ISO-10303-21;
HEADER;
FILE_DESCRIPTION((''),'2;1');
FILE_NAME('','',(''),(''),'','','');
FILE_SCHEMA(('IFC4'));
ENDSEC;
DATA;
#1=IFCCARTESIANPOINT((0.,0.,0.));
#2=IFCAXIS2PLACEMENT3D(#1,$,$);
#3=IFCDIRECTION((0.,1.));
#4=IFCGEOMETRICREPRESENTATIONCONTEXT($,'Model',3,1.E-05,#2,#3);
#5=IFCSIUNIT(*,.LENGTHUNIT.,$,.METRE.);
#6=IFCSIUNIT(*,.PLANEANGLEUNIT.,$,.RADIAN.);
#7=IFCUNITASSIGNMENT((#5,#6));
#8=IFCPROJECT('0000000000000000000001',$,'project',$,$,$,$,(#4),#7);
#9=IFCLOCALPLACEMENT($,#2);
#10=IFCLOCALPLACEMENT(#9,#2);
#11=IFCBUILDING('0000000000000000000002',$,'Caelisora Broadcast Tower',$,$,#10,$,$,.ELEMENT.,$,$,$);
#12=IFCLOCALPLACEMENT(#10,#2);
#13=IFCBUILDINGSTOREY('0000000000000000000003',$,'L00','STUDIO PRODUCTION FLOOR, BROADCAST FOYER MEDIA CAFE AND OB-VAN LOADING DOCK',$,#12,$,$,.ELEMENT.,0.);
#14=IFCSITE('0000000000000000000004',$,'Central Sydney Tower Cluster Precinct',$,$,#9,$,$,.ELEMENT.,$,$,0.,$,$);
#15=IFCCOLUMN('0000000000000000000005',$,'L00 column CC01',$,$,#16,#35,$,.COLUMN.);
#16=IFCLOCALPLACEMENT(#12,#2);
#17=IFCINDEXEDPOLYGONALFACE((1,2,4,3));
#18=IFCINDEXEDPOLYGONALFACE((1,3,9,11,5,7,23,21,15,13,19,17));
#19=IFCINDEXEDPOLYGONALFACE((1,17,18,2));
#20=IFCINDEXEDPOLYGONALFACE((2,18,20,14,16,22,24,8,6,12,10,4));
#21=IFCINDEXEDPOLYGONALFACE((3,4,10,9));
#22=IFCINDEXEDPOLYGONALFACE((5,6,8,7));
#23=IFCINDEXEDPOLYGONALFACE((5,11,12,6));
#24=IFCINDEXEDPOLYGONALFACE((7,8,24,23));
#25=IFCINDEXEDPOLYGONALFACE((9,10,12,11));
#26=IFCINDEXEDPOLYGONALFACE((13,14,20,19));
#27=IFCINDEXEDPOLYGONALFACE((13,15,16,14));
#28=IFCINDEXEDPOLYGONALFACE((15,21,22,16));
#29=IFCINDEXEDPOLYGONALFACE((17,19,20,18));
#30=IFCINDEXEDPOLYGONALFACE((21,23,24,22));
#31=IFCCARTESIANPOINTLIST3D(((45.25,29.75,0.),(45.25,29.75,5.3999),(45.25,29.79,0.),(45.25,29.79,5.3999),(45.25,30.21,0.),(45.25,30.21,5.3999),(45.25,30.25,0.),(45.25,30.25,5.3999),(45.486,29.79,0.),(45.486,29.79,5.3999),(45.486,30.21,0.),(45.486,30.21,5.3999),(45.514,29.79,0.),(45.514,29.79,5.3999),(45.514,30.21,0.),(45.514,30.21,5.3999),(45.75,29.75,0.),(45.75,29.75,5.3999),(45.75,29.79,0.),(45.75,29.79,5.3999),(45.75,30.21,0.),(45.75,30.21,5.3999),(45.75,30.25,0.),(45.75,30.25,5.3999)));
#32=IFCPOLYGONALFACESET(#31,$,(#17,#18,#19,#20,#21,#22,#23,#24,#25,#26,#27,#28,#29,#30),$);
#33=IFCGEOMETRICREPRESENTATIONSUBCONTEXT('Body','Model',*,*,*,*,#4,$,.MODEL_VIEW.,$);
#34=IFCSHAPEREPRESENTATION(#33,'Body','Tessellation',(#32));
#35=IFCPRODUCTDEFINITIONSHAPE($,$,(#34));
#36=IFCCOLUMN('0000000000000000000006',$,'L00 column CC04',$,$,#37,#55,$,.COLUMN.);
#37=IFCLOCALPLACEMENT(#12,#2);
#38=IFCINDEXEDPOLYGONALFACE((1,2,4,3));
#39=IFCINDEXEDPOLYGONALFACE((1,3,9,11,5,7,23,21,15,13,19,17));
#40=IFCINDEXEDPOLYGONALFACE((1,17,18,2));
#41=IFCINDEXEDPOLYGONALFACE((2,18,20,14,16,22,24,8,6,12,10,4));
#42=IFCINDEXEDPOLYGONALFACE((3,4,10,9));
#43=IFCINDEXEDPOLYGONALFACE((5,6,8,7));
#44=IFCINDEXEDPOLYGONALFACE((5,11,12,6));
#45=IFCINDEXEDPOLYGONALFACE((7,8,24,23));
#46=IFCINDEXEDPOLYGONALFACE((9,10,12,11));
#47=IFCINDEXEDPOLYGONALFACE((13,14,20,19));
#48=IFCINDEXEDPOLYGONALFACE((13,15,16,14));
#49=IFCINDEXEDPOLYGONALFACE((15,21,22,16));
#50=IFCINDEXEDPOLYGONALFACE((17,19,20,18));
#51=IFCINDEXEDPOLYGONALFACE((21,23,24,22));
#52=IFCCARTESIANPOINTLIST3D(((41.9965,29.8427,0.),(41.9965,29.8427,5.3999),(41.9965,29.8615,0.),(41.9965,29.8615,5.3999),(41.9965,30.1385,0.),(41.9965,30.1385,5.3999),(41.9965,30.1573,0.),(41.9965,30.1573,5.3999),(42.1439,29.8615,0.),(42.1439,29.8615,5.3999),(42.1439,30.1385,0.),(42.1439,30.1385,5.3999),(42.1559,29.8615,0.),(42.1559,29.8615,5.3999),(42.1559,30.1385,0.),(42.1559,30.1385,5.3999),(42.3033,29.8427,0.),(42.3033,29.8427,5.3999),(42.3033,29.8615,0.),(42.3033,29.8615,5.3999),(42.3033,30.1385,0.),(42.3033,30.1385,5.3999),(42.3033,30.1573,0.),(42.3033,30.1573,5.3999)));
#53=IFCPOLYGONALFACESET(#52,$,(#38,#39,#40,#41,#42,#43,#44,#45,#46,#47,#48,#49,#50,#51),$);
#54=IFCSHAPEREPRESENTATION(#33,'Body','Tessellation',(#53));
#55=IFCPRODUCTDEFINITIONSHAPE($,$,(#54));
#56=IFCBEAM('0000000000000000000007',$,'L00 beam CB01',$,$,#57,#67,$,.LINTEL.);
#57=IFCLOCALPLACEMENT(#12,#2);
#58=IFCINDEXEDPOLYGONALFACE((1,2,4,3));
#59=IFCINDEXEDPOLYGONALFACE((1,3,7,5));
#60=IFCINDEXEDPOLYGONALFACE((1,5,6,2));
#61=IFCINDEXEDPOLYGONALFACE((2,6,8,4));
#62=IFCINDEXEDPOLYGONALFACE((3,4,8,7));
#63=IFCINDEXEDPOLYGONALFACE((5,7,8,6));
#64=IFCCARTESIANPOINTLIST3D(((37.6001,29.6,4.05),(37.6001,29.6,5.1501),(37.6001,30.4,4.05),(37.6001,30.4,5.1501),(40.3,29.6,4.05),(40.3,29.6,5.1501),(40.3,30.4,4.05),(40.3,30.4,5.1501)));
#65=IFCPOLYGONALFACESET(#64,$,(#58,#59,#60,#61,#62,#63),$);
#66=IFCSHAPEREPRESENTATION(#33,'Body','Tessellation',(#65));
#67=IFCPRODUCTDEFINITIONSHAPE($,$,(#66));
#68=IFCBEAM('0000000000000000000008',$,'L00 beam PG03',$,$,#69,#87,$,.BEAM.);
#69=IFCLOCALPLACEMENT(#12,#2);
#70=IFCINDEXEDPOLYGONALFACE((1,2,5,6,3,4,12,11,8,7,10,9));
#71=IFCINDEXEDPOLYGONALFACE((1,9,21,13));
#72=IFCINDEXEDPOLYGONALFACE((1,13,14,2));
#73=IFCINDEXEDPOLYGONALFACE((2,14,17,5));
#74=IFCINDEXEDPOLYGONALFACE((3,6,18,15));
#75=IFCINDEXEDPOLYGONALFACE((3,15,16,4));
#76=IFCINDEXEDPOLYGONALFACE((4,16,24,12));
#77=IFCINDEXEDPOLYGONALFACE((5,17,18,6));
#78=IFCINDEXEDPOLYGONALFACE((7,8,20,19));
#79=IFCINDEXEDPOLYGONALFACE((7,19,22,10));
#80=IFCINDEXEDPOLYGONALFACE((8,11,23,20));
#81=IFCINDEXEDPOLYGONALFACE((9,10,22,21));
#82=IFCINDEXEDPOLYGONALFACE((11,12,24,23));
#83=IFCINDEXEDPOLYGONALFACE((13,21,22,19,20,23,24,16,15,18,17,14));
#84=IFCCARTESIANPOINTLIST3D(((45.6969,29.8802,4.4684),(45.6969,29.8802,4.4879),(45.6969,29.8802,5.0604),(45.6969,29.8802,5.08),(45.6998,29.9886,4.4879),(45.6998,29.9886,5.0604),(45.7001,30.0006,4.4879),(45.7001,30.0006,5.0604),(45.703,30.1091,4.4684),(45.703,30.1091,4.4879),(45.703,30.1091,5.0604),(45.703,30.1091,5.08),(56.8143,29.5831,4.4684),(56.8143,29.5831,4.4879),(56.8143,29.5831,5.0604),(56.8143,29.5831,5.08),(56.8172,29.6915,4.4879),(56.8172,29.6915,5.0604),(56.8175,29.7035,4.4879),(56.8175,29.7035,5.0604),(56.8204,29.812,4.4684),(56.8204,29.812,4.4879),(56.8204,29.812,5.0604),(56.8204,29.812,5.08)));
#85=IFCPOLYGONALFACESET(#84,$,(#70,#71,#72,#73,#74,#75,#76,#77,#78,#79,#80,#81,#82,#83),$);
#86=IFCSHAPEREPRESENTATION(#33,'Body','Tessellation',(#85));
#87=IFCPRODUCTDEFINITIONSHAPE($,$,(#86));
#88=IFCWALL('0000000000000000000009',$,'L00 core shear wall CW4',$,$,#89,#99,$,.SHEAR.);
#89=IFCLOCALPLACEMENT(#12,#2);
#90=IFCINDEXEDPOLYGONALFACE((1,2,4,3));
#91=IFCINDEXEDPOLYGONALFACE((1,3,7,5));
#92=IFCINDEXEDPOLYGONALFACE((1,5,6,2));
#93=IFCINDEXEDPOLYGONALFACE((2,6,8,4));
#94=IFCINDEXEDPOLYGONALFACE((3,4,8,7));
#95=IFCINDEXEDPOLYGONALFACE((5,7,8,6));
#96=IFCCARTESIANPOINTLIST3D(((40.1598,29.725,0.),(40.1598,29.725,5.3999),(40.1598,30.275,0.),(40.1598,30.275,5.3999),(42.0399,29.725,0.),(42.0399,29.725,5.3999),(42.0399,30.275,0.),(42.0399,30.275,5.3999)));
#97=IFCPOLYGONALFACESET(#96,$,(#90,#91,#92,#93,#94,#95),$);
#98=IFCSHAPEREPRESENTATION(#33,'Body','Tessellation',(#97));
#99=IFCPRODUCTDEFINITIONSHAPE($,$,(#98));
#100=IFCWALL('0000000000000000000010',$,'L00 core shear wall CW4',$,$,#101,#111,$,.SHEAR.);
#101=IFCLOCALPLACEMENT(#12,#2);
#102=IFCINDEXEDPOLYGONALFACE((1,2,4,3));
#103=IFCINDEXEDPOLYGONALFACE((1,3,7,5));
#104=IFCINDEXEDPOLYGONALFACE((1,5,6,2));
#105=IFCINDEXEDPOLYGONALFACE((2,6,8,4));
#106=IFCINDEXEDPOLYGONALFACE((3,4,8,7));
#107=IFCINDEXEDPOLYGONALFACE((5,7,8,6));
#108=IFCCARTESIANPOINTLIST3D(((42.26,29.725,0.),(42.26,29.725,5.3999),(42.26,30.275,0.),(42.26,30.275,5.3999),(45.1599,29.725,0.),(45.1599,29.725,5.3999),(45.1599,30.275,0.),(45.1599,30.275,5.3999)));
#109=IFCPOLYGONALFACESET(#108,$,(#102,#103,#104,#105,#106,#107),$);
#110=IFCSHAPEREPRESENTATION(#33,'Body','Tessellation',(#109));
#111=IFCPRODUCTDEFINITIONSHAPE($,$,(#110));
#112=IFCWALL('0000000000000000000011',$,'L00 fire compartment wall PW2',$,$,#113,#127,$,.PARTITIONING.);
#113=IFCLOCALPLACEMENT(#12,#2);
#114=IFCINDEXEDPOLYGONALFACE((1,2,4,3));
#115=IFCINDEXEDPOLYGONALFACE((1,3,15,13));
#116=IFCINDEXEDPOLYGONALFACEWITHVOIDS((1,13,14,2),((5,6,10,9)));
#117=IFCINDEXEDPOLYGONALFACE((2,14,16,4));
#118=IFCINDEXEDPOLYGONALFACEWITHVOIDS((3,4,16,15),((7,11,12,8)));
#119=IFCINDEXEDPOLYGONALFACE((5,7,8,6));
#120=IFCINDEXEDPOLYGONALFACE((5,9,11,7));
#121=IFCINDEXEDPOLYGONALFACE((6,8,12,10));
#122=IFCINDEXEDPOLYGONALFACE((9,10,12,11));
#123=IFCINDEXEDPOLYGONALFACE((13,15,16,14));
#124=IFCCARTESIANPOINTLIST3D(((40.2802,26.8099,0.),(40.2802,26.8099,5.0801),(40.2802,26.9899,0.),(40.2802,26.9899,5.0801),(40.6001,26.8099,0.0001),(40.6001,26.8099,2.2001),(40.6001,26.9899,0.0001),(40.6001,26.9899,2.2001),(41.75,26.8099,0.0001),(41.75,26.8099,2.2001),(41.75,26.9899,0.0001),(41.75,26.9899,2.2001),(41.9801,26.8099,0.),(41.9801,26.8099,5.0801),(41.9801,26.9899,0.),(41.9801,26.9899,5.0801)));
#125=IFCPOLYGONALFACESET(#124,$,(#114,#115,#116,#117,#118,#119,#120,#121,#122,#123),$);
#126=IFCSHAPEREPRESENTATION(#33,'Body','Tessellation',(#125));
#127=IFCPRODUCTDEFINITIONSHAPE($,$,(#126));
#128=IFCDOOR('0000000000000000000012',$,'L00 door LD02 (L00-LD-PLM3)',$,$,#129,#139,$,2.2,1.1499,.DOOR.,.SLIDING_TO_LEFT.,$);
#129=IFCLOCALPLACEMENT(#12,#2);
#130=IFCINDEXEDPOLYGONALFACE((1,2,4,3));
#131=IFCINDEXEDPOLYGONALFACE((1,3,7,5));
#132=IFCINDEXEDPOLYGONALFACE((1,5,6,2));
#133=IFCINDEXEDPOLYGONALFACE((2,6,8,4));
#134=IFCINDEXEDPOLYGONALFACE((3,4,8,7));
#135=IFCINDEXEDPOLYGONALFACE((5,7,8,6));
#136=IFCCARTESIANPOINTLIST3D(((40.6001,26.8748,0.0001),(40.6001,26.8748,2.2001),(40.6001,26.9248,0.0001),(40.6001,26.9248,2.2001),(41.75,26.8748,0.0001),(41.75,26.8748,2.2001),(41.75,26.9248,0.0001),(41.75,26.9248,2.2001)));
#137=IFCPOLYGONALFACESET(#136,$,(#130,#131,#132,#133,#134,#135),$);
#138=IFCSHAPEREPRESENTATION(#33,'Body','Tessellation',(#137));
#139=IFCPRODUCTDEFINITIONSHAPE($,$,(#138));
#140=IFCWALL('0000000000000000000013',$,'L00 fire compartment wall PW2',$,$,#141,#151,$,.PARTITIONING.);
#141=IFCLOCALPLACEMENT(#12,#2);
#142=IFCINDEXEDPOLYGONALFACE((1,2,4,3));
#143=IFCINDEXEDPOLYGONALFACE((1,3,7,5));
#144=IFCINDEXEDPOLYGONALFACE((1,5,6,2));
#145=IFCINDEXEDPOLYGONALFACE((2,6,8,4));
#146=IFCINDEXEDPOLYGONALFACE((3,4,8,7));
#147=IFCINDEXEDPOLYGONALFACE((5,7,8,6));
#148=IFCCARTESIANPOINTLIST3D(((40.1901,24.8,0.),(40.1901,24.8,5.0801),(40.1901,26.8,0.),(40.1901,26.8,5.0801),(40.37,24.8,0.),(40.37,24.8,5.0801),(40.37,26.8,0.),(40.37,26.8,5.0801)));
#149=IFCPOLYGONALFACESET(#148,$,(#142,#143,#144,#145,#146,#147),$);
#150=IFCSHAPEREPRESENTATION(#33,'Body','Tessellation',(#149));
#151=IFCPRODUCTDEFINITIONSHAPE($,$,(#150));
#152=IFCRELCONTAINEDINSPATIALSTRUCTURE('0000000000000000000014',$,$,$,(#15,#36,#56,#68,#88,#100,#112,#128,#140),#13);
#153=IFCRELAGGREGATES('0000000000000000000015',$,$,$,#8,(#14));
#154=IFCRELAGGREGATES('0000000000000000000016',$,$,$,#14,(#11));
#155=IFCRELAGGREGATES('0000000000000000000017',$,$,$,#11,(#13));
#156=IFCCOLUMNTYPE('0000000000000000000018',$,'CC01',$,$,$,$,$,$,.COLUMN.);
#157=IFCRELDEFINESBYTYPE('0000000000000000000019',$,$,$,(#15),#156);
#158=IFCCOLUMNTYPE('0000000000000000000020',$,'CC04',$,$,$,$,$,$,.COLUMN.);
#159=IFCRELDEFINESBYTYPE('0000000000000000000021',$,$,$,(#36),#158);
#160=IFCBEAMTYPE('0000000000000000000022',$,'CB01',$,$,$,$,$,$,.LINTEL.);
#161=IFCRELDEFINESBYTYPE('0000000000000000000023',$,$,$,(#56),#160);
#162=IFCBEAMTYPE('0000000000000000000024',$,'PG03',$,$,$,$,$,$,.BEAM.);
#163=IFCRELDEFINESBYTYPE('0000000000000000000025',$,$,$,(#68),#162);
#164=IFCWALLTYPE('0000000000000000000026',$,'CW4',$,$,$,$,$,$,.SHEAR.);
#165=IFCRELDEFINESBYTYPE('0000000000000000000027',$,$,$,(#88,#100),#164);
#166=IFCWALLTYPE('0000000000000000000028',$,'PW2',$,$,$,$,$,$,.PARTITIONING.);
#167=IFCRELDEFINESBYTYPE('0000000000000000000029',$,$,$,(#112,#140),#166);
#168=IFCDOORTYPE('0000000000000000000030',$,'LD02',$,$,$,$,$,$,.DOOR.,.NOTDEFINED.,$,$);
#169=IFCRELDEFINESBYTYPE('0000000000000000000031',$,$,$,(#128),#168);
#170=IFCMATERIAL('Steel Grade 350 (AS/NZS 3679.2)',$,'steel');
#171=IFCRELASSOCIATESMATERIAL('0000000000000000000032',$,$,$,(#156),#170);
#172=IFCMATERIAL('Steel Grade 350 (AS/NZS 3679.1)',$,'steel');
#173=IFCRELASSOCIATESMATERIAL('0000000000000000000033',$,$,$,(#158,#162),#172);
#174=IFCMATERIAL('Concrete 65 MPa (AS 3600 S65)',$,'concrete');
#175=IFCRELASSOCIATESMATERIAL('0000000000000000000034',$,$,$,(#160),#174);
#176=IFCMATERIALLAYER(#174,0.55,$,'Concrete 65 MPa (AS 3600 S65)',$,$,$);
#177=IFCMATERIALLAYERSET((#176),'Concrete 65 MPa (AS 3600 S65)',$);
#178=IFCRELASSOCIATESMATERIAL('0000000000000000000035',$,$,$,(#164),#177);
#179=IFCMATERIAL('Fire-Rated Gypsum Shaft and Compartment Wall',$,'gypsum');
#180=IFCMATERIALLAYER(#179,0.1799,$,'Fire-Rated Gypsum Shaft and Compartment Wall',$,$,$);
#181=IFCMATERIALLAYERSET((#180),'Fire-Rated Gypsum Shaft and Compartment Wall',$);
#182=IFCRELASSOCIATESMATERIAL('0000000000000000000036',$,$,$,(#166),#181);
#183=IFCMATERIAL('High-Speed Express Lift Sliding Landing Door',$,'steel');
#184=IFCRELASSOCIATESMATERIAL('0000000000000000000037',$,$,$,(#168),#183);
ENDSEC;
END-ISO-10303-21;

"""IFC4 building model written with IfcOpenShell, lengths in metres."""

from ifc_helpers import new_model, si_unit, direction, frame, frame_2d, origin, origin_2d, place, context, subcontext, project, spatial, rectangle, i_section, extrude, source, transform, mapped, material, layer, layer_set, material_profile, profile_set, type_object, type_shapes, element, fill, save


model = new_model("IFC4")

# Units and contexts
model_context = context("Model", 3, precision=1e-05, world=origin(), true_north=direction((0.0, 1.0)))
body_context = subcontext(model_context, "Body", "Model", "MODEL_VIEW")
ifc_project = project(units=[si_unit("LENGTHUNIT", "METRE"), si_unit("PLANEANGLEUNIT", "RADIAN")], contexts=[model_context])

# Site, building, storey
site_placement = place(None, origin())
site = spatial("IfcSite", under=ifc_project, at=site_placement, Name="Central Sydney Tower Cluster Precinct", CompositionType="ELEMENT", RefElevation=0.0)
building_placement = place(site_placement, origin())
building = spatial("IfcBuilding", under=site, at=building_placement, Name="Caelisora Broadcast Tower", CompositionType="ELEMENT")
storey_placement = place(building_placement, origin())
storey = spatial("IfcBuildingStorey", under=building, at=storey_placement, Name="L00", Description="STUDIO PRODUCTION FLOOR, BROADCAST FOYER MEDIA CAFE AND OB-VAN LOADING DOCK", CompositionType="ELEMENT", Elevation=0.0)

# Columns
ifc_material_1 = material(Name="Steel Grade 350 (AS/NZS 3679.2)", Category="steel")
ifc_material_profile_1 = material_profile(ifc_material_1, i_section(OverallWidth=0.5, OverallDepth=0.5, WebThickness=0.0281, FlangeThickness=0.04, at=origin_2d()), Name="Steel Grade 350 (AS/NZS 3679.2)")
ifc_profile_set_1 = profile_set([ifc_material_profile_1], Name="Steel Grade 350 (AS/NZS 3679.2)")
column_type_1 = type_object("IfcColumnType", Name="CC01", PredefinedType="COLUMN", material=ifc_profile_set_1)
shared_shape_1 = source(origin(), body_context, "Body", "SweptSolid", [
    extrude(i_section(OverallWidth=0.5, OverallDepth=0.5, WebThickness=0.0281, FlangeThickness=0.04, at=origin_2d()), origin(), (0.0, 0.0, 1.0), 5.3999),
])
type_shapes(column_type_1, [shared_shape_1])
column_1_placement = place(storey_placement, frame((45.5, 30.0, 0.0), z_axis=(0.0, 0.0, 1.0), x_axis=(1.0, 0.0, 0.0)))
element("IfcColumn", 1, at=column_1_placement, inside=storey, type_object=column_type_1, Name="L00 column CC01", PredefinedType="COLUMN", context=body_context, shape_type="MappedRepresentation", body=[
    mapped(shared_shape_1, transform((0.0, 0.0, 0.0), scale=1.0)),
])
ifc_material_2 = material(Name="Steel Grade 350 (AS/NZS 3679.1)", Category="steel")
ifc_material_profile_2 = material_profile(ifc_material_2, i_section(OverallWidth=0.3069, OverallDepth=0.3147, WebThickness=0.012, FlangeThickness=0.0188, at=origin_2d()), Name="Steel Grade 350 (AS/NZS 3679.1)")
ifc_profile_set_2 = profile_set([ifc_material_profile_2], Name="Steel Grade 350 (AS/NZS 3679.1)")
column_type_2 = type_object("IfcColumnType", Name="CC04", PredefinedType="COLUMN", material=ifc_profile_set_2)
shared_shape_2 = source(origin(), body_context, "Body", "SweptSolid", [
    extrude(i_section(OverallWidth=0.3069, OverallDepth=0.3147, WebThickness=0.012, FlangeThickness=0.0188, at=origin_2d()), origin(), (0.0, 0.0, 1.0), 5.3999),
])
type_shapes(column_type_2, [shared_shape_2])
column_2_placement = place(storey_placement, frame((42.1499, 30.0, 0.0), z_axis=(0.0, 0.0, 1.0), x_axis=(1.0, 0.0, 0.0)))
element("IfcColumn", 2, at=column_2_placement, inside=storey, type_object=column_type_2, Name="L00 column CC04", PredefinedType="COLUMN", context=body_context, shape_type="MappedRepresentation", body=[
    mapped(shared_shape_2, transform((0.0, 0.0, 0.0), scale=1.0)),
])

# Beams
ifc_material_3 = material(Name="Concrete 65 MPa (AS 3600 S65)", Category="concrete")
ifc_material_profile_3 = material_profile(ifc_material_3, rectangle(XDim=0.8, YDim=1.1001, at=origin_2d()), Name="Concrete 65 MPa (AS 3600 S65)")
ifc_profile_set_3 = profile_set([ifc_material_profile_3], Name="Concrete 65 MPa (AS 3600 S65)")
beam_type_1 = type_object("IfcBeamType", Name="CB01", PredefinedType="LINTEL", material=ifc_profile_set_3)
shared_shape_3 = source(origin(), body_context, "Body", "SweptSolid", [
    extrude(rectangle(XDim=0.8, YDim=1.1001, at=origin_2d()), origin(), (0.0, 0.0, 1.0), 2.7),
])
type_shapes(beam_type_1, [shared_shape_3])
beam_1_placement = place(storey_placement, frame((37.6001, 30.0, 4.6001), z_axis=(1.0, 0.0, 0.0), x_axis=(0.0, 1.0, 0.0)))
element("IfcBeam", 3, at=beam_1_placement, inside=storey, type_object=beam_type_1, Name="L00 beam CB01", PredefinedType="LINTEL", context=body_context, shape_type="MappedRepresentation", body=[
    mapped(shared_shape_3, transform((0.0, 0.0, 0.0), scale=1.0)),
])
ifc_material_profile_4 = material_profile(ifc_material_2, i_section(OverallWidth=0.229, OverallDepth=0.6116, WebThickness=0.012, FlangeThickness=0.0195, at=origin_2d()), Name="Steel Grade 350 (AS/NZS 3679.1)")
ifc_profile_set_4 = profile_set([ifc_material_profile_4], Name="Steel Grade 350 (AS/NZS 3679.1)")
beam_type_2 = type_object("IfcBeamType", Name="PG03", PredefinedType="BEAM", material=ifc_profile_set_4)
shared_shape_4 = source(origin(), body_context, "Body", "SweptSolid", [
    extrude(i_section(OverallWidth=0.229, OverallDepth=0.6116, WebThickness=0.012, FlangeThickness=0.0195, at=origin_2d()), origin(), (0.0, 0.0, 1.0), 11.1213),
])
type_shapes(beam_type_2, [shared_shape_4])
beam_2_placement = place(storey_placement, frame((45.7, 29.9946, 4.7742), z_axis=(0.999643, -0.026716, 0.0), x_axis=(0.026716, 0.999643, 0.0)))
element("IfcBeam", 4, at=beam_2_placement, inside=storey, type_object=beam_type_2, Name="L00 beam PG03", PredefinedType="BEAM", context=body_context, shape_type="MappedRepresentation", body=[
    mapped(shared_shape_4, transform((0.0, 0.0, 0.0), scale=1.0)),
])

# Walls
ifc_layer_1 = layer(ifc_material_3, 0.55, Name="Concrete 65 MPa (AS 3600 S65)")
ifc_layer_set_1 = layer_set([ifc_layer_1], Name="Concrete 65 MPa (AS 3600 S65)")
wall_type_1 = type_object("IfcWallType", Name="CW4", PredefinedType="SHEAR", material=ifc_layer_set_1)
wall_1_placement = place(storey_placement, frame((40.1599, 30.0, 0.0), z_axis=(0.0, 0.0, 1.0), x_axis=(1.0, 0.0, 0.0)))
element("IfcWall", 5, at=wall_1_placement, inside=storey, type_object=wall_type_1, Name="L00 core shear wall CW4", PredefinedType="SHEAR", context=body_context, shape_type="SweptSolid", body=[
    extrude(rectangle(XDim=1.8801, YDim=0.55, at=frame_2d((0.9399, 0.0))), origin(), (0.0, 0.0, 1.0), 5.3999),
])
wall_2_placement = place(storey_placement, frame((42.26, 30.0, 0.0), z_axis=(0.0, 0.0, 1.0), x_axis=(1.0, 0.0, 0.0)))
element("IfcWall", 6, at=wall_2_placement, inside=storey, type_object=wall_type_1, Name="L00 core shear wall CW4", PredefinedType="SHEAR", context=body_context, shape_type="SweptSolid", body=[
    extrude(rectangle(XDim=2.8999, YDim=0.55, at=frame_2d((1.45, 0.0))), origin(), (0.0, 0.0, 1.0), 5.3999),
])

# Wall, opening, door
ifc_material_4 = material(Name="Fire-Rated Gypsum Shaft and Compartment Wall", Category="gypsum")
ifc_layer_2 = layer(ifc_material_4, 0.1799, Name="Fire-Rated Gypsum Shaft and Compartment Wall")
ifc_layer_set_2 = layer_set([ifc_layer_2], Name="Fire-Rated Gypsum Shaft and Compartment Wall")
wall_type_2 = type_object("IfcWallType", Name="PW2", PredefinedType="PARTITIONING", material=ifc_layer_set_2)
wall_3_placement = place(storey_placement, frame((40.28, 26.8999, 0.0), z_axis=(0.0, 0.0, 1.0), x_axis=(1.0, 0.0, 0.0)))
wall_3 = element("IfcWall", 7, at=wall_3_placement, inside=storey, type_object=wall_type_2, Name="L00 fire compartment wall PW2", PredefinedType="PARTITIONING", context=body_context, shape_type="SweptSolid", body=[
    extrude(rectangle(XDim=1.7, YDim=0.1799, at=frame_2d((0.8501, 0.0))), origin(), (0.0, 0.0, 1.0), 5.0801),
])
opening_1_placement = place(wall_3_placement, frame((0.3201, 0.0, 0.0)))
opening_1 = element("IfcOpeningElement", 8, at=opening_1_placement, cuts=wall_3, PredefinedType="OPENING", context=body_context, shape_type="SweptSolid", body=[
    extrude(rectangle(XDim=1.1499, YDim=2.2, at=frame_2d((0.575, 1.1001))), frame((0.0, 0.1021, 0.0), z_axis=(0.0, -1.0, 0.0), x_axis=(1.0, 0.0, 0.0)), (0.0, 0.0, 1.0), 0.2039),
])
ifc_material_5 = material(Name="High-Speed Express Lift Sliding Landing Door", Category="steel")
door_type = type_object("IfcDoorType", Name="LD02", OperationType="NOTDEFINED", PredefinedType="DOOR", material=ifc_material_5)
door_1_placement = place(opening_1_placement, origin())
door_1 = element("IfcDoor", 9, at=door_1_placement, inside=storey, type_object=door_type, Name="L00 door LD02 (L00-LD-PLM3)", OperationType="SLIDING_TO_LEFT", OverallHeight=2.2, OverallWidth=1.1499, PredefinedType="DOOR", context=body_context, shape_type="SweptSolid", body=[
    extrude(rectangle(XDim=1.1499, YDim=2.2, at=frame_2d((0.575, 1.1001))), frame((0.0, 0.0249, 0.0), z_axis=(0.0, -1.0, 0.0), x_axis=(1.0, 0.0, 0.0)), (0.0, 0.0, 1.0), 0.05),
])
fill(opening_1, door_1)

# Wall
wall_4_placement = place(storey_placement, frame((40.28, 24.8, 0.0), z_axis=(0.0, 0.0, 1.0), x_axis=(0.0, 1.0, 0.0)))
element("IfcWall", 10, at=wall_4_placement, inside=storey, type_object=wall_type_2, Name="L00 fire compartment wall PW2", PredefinedType="PARTITIONING", context=body_context, shape_type="SweptSolid", body=[
    extrude(rectangle(XDim=2.0, YDim=0.1799, at=frame_2d((1.0, 0.0))), origin(), (0.0, 0.0, 1.0), 5.0801),
])

save(model, "model.ifc")
